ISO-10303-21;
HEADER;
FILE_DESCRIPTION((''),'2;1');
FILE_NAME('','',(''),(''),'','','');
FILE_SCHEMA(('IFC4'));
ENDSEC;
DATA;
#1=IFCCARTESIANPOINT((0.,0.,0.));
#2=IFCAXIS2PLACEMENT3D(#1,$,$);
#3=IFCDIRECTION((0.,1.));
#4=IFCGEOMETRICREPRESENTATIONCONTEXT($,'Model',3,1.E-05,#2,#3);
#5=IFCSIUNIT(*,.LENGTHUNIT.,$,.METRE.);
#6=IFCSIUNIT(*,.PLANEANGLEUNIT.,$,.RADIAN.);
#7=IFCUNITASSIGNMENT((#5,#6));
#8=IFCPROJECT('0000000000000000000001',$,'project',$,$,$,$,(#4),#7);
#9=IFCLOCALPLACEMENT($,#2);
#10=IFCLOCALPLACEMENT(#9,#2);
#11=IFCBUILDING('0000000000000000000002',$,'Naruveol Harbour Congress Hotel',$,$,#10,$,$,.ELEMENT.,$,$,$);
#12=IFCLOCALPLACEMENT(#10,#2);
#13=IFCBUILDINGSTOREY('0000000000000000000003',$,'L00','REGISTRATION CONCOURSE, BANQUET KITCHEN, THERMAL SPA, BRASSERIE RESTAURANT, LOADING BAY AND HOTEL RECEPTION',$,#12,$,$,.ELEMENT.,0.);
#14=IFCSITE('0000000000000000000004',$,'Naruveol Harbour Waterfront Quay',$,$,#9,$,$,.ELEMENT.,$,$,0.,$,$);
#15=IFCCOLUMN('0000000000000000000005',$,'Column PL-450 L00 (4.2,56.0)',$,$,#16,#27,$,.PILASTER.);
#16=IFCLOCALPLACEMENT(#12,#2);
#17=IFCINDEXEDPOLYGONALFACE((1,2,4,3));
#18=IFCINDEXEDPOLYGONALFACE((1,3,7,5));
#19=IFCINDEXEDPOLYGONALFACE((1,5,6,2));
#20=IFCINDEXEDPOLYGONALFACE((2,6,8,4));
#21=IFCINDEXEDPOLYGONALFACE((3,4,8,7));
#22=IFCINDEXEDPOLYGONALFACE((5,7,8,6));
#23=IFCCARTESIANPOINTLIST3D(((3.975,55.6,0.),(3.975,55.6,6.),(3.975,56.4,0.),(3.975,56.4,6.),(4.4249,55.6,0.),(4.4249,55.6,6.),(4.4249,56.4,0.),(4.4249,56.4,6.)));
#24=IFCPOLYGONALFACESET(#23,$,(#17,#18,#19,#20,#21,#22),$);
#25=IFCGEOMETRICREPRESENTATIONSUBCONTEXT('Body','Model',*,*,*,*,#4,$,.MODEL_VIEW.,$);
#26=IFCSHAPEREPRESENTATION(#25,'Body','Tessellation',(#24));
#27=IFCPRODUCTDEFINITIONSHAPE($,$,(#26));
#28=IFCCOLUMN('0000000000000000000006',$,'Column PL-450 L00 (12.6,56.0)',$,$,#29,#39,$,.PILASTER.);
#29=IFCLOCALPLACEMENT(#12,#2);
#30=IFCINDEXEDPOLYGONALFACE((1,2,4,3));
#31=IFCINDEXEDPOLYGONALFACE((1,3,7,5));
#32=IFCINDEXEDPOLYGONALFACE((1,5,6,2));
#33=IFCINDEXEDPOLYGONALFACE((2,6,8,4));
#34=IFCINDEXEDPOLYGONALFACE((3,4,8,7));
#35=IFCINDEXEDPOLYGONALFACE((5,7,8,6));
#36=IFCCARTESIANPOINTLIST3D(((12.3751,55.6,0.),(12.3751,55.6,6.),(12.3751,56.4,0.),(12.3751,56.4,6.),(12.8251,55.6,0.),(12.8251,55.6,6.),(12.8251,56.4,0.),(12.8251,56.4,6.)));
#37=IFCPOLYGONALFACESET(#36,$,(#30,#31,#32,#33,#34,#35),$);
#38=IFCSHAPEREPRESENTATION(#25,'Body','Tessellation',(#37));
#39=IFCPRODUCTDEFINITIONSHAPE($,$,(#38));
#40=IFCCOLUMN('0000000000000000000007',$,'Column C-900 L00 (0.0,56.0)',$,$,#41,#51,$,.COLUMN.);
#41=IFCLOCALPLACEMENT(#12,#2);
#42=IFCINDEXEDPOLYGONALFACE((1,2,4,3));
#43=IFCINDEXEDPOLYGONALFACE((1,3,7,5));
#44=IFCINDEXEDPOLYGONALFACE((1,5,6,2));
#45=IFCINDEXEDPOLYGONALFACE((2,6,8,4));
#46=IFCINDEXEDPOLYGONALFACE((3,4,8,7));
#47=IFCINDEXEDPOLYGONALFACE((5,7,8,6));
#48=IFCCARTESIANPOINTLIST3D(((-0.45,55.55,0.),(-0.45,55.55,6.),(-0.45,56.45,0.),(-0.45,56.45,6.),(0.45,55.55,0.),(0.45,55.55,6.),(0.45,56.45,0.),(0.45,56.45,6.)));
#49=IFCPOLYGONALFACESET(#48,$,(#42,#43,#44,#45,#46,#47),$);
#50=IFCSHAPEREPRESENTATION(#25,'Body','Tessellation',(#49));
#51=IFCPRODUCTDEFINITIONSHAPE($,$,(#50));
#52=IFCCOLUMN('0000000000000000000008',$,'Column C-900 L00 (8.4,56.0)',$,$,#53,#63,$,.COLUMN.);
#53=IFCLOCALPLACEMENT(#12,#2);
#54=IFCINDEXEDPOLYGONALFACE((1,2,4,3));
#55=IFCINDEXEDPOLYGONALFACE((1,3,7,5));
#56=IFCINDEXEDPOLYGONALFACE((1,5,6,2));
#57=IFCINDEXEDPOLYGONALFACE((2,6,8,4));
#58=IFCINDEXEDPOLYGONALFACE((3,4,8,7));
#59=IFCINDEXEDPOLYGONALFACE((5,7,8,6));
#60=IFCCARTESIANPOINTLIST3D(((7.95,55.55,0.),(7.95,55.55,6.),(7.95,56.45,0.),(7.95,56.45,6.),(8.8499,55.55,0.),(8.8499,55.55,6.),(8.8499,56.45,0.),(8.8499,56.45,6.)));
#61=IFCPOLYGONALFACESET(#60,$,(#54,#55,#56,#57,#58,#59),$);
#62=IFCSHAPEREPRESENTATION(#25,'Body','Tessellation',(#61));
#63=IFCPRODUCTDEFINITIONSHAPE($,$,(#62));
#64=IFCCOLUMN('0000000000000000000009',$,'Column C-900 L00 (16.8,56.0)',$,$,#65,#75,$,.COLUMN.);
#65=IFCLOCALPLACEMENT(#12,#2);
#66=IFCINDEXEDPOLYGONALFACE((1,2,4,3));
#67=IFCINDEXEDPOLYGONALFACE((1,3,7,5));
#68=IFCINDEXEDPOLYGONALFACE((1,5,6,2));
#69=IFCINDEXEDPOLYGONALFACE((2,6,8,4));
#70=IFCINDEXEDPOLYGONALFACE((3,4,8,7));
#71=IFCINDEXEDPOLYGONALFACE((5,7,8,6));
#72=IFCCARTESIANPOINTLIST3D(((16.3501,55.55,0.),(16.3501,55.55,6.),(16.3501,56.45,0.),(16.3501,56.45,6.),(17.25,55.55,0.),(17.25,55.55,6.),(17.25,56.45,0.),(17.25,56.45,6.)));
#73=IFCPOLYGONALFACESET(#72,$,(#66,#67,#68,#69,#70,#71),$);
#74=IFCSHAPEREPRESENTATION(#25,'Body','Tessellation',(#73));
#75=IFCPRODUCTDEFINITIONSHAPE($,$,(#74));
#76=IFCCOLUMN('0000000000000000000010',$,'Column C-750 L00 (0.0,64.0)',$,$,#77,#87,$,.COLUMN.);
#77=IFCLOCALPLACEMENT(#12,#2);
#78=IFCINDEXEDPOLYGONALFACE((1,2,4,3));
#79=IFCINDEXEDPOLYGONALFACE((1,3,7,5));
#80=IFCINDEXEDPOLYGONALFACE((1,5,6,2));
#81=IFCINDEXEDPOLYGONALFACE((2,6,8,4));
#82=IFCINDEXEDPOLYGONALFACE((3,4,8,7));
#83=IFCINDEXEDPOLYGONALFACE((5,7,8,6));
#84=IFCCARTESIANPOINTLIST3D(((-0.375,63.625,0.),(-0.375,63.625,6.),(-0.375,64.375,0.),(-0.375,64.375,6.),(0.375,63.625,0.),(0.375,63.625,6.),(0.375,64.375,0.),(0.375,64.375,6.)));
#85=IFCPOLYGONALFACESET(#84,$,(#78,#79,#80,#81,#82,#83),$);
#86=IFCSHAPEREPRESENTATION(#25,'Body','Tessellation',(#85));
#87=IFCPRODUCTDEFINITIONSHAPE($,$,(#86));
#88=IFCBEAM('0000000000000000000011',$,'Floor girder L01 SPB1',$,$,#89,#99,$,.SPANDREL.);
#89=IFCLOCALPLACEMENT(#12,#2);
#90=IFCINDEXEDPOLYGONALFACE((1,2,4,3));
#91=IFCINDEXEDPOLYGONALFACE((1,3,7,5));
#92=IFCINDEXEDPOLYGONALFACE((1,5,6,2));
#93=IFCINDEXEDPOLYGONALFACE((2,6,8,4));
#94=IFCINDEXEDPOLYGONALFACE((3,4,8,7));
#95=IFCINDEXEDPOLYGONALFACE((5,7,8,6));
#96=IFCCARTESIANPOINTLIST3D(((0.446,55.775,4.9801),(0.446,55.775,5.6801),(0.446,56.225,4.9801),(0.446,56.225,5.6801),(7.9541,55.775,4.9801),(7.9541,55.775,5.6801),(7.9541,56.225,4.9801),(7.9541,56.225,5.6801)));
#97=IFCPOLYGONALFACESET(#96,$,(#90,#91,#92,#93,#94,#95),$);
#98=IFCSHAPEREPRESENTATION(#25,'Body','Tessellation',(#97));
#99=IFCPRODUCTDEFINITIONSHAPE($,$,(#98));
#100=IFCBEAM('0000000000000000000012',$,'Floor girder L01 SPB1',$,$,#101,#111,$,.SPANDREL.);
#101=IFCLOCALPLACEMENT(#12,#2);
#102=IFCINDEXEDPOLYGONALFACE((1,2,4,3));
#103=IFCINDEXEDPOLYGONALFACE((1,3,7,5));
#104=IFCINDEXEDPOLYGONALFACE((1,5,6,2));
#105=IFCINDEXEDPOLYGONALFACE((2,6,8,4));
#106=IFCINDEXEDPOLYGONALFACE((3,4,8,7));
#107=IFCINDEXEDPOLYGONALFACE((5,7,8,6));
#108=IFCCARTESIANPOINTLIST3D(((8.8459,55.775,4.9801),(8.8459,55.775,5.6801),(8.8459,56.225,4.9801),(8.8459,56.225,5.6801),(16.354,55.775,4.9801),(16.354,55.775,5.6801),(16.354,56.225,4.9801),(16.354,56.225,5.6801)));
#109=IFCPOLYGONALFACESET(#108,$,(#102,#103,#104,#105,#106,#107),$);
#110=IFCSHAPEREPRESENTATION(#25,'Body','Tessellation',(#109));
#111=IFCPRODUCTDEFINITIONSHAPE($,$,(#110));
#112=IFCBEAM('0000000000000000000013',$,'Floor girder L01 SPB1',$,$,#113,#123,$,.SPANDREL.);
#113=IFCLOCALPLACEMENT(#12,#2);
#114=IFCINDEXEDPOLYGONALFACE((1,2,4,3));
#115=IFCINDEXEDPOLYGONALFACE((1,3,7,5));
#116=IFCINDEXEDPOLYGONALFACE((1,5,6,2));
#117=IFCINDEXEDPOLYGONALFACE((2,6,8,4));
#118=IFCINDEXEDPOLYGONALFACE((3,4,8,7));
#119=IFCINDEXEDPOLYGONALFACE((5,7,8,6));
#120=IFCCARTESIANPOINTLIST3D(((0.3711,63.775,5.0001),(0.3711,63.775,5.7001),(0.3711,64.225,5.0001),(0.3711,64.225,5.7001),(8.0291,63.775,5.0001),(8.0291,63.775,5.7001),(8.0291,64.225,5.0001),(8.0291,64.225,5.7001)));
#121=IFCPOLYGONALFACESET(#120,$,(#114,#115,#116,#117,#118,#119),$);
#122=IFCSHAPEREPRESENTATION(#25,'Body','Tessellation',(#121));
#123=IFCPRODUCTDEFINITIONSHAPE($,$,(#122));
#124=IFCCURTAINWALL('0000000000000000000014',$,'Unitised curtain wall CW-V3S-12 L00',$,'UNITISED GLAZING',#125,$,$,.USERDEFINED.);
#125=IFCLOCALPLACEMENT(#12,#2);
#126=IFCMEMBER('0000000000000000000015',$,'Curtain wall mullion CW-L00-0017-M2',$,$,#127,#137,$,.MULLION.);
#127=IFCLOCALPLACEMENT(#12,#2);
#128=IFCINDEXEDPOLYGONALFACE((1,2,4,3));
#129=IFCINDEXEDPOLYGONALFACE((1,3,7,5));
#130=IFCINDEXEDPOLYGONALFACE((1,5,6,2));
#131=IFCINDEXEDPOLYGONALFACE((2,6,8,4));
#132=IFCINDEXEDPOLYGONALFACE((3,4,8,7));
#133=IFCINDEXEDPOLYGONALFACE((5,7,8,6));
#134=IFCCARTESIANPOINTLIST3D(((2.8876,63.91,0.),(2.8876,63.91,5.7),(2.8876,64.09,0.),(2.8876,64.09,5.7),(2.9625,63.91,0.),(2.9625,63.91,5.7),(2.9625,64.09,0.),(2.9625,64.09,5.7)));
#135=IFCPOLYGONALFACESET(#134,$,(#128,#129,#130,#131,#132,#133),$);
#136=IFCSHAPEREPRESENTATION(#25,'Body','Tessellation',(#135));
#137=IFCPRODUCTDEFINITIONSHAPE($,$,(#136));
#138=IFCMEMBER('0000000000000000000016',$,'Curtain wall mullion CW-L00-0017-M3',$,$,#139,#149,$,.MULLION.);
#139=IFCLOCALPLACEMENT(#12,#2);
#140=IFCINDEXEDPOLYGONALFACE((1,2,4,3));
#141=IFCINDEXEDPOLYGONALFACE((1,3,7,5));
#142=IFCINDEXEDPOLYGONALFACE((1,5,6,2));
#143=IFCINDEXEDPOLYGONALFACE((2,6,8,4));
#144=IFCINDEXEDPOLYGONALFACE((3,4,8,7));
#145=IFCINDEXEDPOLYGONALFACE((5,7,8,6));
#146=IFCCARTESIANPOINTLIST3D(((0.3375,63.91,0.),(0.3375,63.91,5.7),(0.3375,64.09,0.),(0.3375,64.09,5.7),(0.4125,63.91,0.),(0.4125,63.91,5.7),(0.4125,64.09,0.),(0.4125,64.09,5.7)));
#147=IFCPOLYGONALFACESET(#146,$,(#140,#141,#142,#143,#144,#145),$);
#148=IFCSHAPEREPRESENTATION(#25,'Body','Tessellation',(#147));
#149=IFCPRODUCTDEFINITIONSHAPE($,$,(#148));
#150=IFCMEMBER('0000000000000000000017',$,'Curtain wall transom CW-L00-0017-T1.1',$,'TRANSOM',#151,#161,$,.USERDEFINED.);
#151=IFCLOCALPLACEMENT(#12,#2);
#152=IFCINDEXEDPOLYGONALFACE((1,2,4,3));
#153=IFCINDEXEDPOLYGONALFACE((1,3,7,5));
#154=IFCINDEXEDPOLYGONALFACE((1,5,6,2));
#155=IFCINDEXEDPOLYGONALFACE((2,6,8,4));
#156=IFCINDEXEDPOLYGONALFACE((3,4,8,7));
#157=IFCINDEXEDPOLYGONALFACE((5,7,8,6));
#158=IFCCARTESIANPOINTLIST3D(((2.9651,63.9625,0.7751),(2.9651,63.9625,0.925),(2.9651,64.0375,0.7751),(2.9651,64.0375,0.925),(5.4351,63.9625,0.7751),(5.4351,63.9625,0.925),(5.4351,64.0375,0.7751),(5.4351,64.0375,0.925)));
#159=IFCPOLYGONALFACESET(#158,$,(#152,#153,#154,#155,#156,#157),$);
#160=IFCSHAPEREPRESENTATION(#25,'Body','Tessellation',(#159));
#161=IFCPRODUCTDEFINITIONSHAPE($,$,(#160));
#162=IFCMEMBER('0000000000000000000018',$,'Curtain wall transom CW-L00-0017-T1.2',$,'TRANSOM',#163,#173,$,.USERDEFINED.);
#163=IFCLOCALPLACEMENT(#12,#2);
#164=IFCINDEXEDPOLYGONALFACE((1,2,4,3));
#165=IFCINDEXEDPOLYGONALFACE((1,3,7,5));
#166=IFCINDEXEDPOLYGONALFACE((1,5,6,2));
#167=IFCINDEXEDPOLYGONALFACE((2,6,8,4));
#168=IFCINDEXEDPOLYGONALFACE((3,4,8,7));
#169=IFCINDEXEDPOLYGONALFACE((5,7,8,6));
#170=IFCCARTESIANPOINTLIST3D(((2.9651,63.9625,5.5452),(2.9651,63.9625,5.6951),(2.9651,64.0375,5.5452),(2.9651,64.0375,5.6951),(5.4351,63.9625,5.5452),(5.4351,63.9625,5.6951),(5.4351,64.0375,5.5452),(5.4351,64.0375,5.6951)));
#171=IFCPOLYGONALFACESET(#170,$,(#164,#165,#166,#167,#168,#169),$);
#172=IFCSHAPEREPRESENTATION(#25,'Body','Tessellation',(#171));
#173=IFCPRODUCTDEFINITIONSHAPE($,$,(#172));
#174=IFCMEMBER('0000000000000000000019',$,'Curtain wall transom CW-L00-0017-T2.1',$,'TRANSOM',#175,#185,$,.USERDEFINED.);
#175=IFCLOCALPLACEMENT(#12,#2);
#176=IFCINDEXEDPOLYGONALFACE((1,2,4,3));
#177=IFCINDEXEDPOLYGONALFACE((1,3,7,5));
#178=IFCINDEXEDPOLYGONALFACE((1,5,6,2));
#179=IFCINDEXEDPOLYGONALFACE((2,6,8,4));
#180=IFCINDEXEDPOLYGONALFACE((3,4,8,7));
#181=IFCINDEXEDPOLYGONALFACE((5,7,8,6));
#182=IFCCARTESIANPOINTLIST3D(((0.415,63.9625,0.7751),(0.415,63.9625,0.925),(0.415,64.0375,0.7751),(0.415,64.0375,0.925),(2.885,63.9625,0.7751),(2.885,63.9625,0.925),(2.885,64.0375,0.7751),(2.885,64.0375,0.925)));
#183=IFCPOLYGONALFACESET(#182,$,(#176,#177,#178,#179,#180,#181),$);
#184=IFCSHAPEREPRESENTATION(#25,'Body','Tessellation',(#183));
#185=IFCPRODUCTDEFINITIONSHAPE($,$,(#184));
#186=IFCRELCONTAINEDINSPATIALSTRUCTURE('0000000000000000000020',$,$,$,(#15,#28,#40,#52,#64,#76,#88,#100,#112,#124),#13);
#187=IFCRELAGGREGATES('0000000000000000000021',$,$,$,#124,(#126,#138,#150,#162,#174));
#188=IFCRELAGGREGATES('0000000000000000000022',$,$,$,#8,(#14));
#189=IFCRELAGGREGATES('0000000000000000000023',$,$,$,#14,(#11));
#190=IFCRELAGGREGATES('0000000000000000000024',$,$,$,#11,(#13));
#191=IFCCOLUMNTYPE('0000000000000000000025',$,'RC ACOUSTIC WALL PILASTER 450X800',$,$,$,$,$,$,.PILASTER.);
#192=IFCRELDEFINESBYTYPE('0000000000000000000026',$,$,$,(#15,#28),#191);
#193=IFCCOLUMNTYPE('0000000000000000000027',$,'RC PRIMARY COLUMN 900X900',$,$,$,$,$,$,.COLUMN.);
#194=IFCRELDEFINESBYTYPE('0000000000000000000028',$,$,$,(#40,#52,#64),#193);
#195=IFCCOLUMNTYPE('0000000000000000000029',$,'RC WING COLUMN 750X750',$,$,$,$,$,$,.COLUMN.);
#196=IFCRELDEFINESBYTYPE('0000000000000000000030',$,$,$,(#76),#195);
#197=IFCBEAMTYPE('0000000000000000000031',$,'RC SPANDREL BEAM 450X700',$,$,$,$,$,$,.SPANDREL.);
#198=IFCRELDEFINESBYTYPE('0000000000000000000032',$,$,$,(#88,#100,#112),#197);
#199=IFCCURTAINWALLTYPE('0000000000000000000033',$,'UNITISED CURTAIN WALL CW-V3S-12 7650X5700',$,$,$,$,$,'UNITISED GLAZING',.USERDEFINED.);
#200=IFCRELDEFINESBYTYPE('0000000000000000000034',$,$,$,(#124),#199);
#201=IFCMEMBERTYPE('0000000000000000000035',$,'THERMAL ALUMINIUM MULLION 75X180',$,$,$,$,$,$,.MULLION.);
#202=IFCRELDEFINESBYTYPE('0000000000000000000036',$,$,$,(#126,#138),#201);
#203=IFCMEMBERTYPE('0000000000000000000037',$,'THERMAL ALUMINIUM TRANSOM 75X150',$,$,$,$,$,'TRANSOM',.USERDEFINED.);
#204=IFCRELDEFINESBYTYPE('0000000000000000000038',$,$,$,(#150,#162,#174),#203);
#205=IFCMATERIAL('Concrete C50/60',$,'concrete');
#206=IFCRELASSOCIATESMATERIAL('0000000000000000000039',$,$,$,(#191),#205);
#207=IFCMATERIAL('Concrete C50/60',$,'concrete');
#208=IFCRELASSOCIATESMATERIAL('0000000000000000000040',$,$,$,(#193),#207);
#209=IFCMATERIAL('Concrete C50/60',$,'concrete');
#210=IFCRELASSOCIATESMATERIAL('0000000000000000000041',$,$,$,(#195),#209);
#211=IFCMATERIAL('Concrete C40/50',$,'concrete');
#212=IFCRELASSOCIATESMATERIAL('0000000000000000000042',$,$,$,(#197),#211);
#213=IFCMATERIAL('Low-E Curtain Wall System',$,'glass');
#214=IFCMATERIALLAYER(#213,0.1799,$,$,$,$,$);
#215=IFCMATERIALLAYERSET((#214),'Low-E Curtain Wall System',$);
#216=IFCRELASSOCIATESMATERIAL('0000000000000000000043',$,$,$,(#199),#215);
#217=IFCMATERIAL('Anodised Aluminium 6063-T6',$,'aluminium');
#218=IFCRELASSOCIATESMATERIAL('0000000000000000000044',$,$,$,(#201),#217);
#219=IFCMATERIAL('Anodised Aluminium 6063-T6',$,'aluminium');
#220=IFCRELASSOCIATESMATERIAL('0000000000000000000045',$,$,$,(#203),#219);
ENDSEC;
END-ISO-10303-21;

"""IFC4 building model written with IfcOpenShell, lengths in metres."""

from ifc_helpers import new_model, si_unit, direction, frame, origin, origin_2d, place, context, subcontext, project, spatial, rectangle, extrude, material, layer, layer_set, material_profile, profile_set, type_object, element, aggregate, save


model = new_model("IFC4")

# Units and contexts
model_context = context("Model", 3, precision=1e-05, world=origin(), true_north=direction((0.0, 1.0)))
body_context = subcontext(model_context, "Body", "Model", "MODEL_VIEW")
ifc_project = project(units=[si_unit("LENGTHUNIT", "METRE"), si_unit("PLANEANGLEUNIT", "RADIAN")], contexts=[model_context])

# Site, building, storey
site_placement = place(None, origin())
site = spatial("IfcSite", under=ifc_project, at=site_placement, Name="Naruveol Harbour Waterfront Quay", CompositionType="ELEMENT", RefElevation=0.0)
building_placement = place(site_placement, origin())
building = spatial("IfcBuilding", under=site, at=building_placement, Name="Naruveol Harbour Congress Hotel", CompositionType="ELEMENT")
storey_placement = place(building_placement, origin())
storey = spatial("IfcBuildingStorey", under=building, at=storey_placement, Name="L00", Description="REGISTRATION CONCOURSE, BANQUET KITCHEN, THERMAL SPA, BRASSERIE RESTAURANT, LOADING BAY AND HOTEL RECEPTION", CompositionType="ELEMENT", Elevation=0.0)

# Columns
ifc_material_1 = material(Name="Concrete C50/60", Category="concrete")
ifc_material_profile_1 = material_profile(ifc_material_1, rectangle(XDim=0.45, YDim=0.8, at=origin_2d()), Name="RC-450x800")
ifc_profile_set_1 = profile_set([ifc_material_profile_1], Name="Concrete C50/60")
column_type_1 = type_object("IfcColumnType", Name="RC ACOUSTIC WALL PILASTER 450X800", PredefinedType="PILASTER", material=ifc_profile_set_1)
for number, where, z_axis, x_axis, name in (
    (1, (4.2, 56.0, 0.0), (0.0, 0.0, 1.0), (1.0, 0.0, 0.0), "Column PL-450 L00 (4.2,56.0)"),
    (2, (12.6001, 56.0, 0.0), (0.0, 0.0, 1.0), (1.0, 0.0, 0.0), "Column PL-450 L00 (12.6,56.0)"),
):
    element("IfcColumn", number, at=place(storey_placement, frame(where, z_axis=z_axis, x_axis=x_axis)), inside=storey, type_object=column_type_1, Name=name, PredefinedType="PILASTER", context=body_context, shape_type="SweptSolid", body=[
        extrude(rectangle(XDim=0.45, YDim=0.8, at=origin_2d()), origin(), (0.0, 0.0, 1.0), 6.0),
    ])
ifc_material_2 = material(Name="Concrete C50/60", Category="concrete")
ifc_material_profile_2 = material_profile(ifc_material_2, rectangle(XDim=0.8999, YDim=0.8999, at=origin_2d()), Name="RC-900x900")
ifc_profile_set_2 = profile_set([ifc_material_profile_2], Name="Concrete C50/60")
column_type_2 = type_object("IfcColumnType", Name="RC PRIMARY COLUMN 900X900", PredefinedType="COLUMN", material=ifc_profile_set_2)
for number, where, z_axis, x_axis, name in (
    (3, (0.0, 56.0, 0.0), (0.0, 0.0, 1.0), (1.0, 0.0, 0.0), "Column C-900 L00 (0.0,56.0)"),
    (4, (8.3999, 56.0, 0.0), (0.0, 0.0, 1.0), (1.0, 0.0, 0.0), "Column C-900 L00 (8.4,56.0)"),
    (5, (16.8, 56.0, 0.0), (0.0, 0.0, 1.0), (1.0, 0.0, 0.0), "Column C-900 L00 (16.8,56.0)"),
):
    element("IfcColumn", number, at=place(storey_placement, frame(where, z_axis=z_axis, x_axis=x_axis)), inside=storey, type_object=column_type_2, Name=name, PredefinedType="COLUMN", context=body_context, shape_type="SweptSolid", body=[
        extrude(rectangle(XDim=0.8999, YDim=0.8999, at=origin_2d()), origin(), (0.0, 0.0, 1.0), 6.0),
    ])
ifc_material_3 = material(Name="Concrete C50/60", Category="concrete")
ifc_material_profile_3 = material_profile(ifc_material_3, rectangle(XDim=0.75, YDim=0.75, at=origin_2d()), Name="RC-750x750")
ifc_profile_set_3 = profile_set([ifc_material_profile_3], Name="Concrete C50/60")
column_type_3 = type_object("IfcColumnType", Name="RC WING COLUMN 750X750", PredefinedType="COLUMN", material=ifc_profile_set_3)
column_placement = place(storey_placement, frame((0.0, 64.0, 0.0), z_axis=(0.0, 0.0, 1.0), x_axis=(1.0, 0.0, 0.0)))
element("IfcColumn", 6, at=column_placement, inside=storey, type_object=column_type_3, Name="Column C-750 L00 (0.0,64.0)", PredefinedType="COLUMN", context=body_context, shape_type="SweptSolid", body=[
    extrude(rectangle(XDim=0.75, YDim=0.75, at=origin_2d()), origin(), (0.0, 0.0, 1.0), 6.0),
])

# Beams
ifc_material_4 = material(Name="Concrete C40/50", Category="concrete")
ifc_material_profile_4 = material_profile(ifc_material_4, rectangle(XDim=0.45, YDim=0.7, at=origin_2d()), Name="RCB-450x700")
ifc_profile_set_4 = profile_set([ifc_material_profile_4], Name="Concrete C40/50")
beam_type = type_object("IfcBeamType", Name="RC SPANDREL BEAM 450X700", PredefinedType="SPANDREL", material=ifc_profile_set_4)
for number, where, z_axis, x_axis, name in (
    (7, (0.446, 56.0, 5.3301), (1.0, 0.0, 0.0), (0.0, 1.0, 0.0), "Floor girder L01 SPB1"),
    (8, (8.8459, 56.0, 5.3301), (1.0, 0.0, 0.0), (0.0, 1.0, 0.0), "Floor girder L01 SPB1"),
):
    element("IfcBeam", number, at=place(storey_placement, frame(where, z_axis=z_axis, x_axis=x_axis)), inside=storey, type_object=beam_type, Name=name, PredefinedType="SPANDREL", context=body_context, shape_type="SweptSolid", body=[
        extrude(rectangle(XDim=0.45, YDim=0.7, at=origin_2d()), origin(), (0.0, 0.0, 1.0), 7.5081),
    ])
beam_placement = place(storey_placement, frame((0.3711, 64.0, 5.3501), z_axis=(1.0, 0.0, 0.0), x_axis=(0.0, 1.0, 0.0)))
element("IfcBeam", 9, at=beam_placement, inside=storey, type_object=beam_type, Name="Floor girder L01 SPB1", PredefinedType="SPANDREL", context=body_context, shape_type="SweptSolid", body=[
    extrude(rectangle(XDim=0.45, YDim=0.7, at=origin_2d()), origin(), (0.0, 0.0, 1.0), 7.658),
])

# Curtain wall, members
ifc_material_5 = material(Name="Low-E Curtain Wall System", Category="glass")
ifc_layer_1 = layer(ifc_material_5, 0.1799)
ifc_layer_set_1 = layer_set([ifc_layer_1], Name="Low-E Curtain Wall System")
curtain_wall_type = type_object("IfcCurtainWallType", Name="UNITISED CURTAIN WALL CW-V3S-12 7650X5700", ElementType="UNITISED GLAZING", PredefinedType="USERDEFINED", material=ifc_layer_set_1)
curtain_wall_1_placement = place(storey_placement, origin())
curtain_wall_1 = element("IfcCurtainWall", 10, at=curtain_wall_1_placement, inside=storey, type_object=curtain_wall_type, Name="Unitised curtain wall CW-V3S-12 L00", ObjectType="UNITISED GLAZING", PredefinedType="USERDEFINED")
ifc_material_6 = material(Name="Anodised Aluminium 6063-T6", Category="aluminium")
ifc_material_profile_5 = material_profile(ifc_material_6, rectangle(XDim=0.075, YDim=0.1799, at=origin_2d()), Name="ALU-75x180")
ifc_profile_set_5 = profile_set([ifc_material_profile_5], Name="Anodised Aluminium 6063-T6")
member_type_1 = type_object("IfcMemberType", Name="THERMAL ALUMINIUM MULLION 75X180", PredefinedType="MULLION", material=ifc_profile_set_5)
member_1_placement = place(storey_placement, frame((2.925, 64.0, 0.0), z_axis=(0.0, 0.0, 1.0), x_axis=(1.0, 0.0, 0.0)))
member_1 = element("IfcMember", 11, at=member_1_placement, type_object=member_type_1, Name="Curtain wall mullion CW-L00-0017-M2", PredefinedType="MULLION", context=body_context, shape_type="SweptSolid", body=[
    extrude(rectangle(XDim=0.075, YDim=0.1799, at=origin_2d()), origin(), (0.0, 0.0, 1.0), 5.7),
])
member_2_placement = place(storey_placement, frame((0.375, 64.0, 0.0), z_axis=(0.0, 0.0, 1.0), x_axis=(1.0, 0.0, 0.0)))
member_2 = element("IfcMember", 12, at=member_2_placement, type_object=member_type_1, Name="Curtain wall mullion CW-L00-0017-M3", PredefinedType="MULLION", context=body_context, shape_type="SweptSolid", body=[
    extrude(rectangle(XDim=0.075, YDim=0.1799, at=origin_2d()), origin(), (0.0, 0.0, 1.0), 5.7),
])
ifc_material_7 = material(Name="Anodised Aluminium 6063-T6", Category="aluminium")
ifc_material_profile_6 = material_profile(ifc_material_7, rectangle(XDim=0.075, YDim=0.1499, at=origin_2d()), Name="ALU-75x150")
ifc_profile_set_6 = profile_set([ifc_material_profile_6], Name="Anodised Aluminium 6063-T6")
member_type_2 = type_object("IfcMemberType", Name="THERMAL ALUMINIUM TRANSOM 75X150", ElementType="TRANSOM", PredefinedType="USERDEFINED", material=ifc_profile_set_6)
member_3_placement = place(storey_placement, frame((5.4351, 64.0, 0.8501), z_axis=(-1.0, 0.0, 0.0), x_axis=(0.0, -1.0, 0.0)))
member_3 = element("IfcMember", 13, at=member_3_placement, type_object=member_type_2, Name="Curtain wall transom CW-L00-0017-T1.1", ObjectType="TRANSOM", PredefinedType="USERDEFINED", context=body_context, shape_type="SweptSolid", body=[
    extrude(rectangle(XDim=0.075, YDim=0.1499, at=origin_2d()), origin(), (0.0, 0.0, 1.0), 2.47),
])
member_4_placement = place(storey_placement, frame((5.4351, 64.0, 5.6201), z_axis=(-1.0, 0.0, 0.0), x_axis=(0.0, -1.0, 0.0)))
member_4 = element("IfcMember", 14, at=member_4_placement, type_object=member_type_2, Name="Curtain wall transom CW-L00-0017-T1.2", ObjectType="TRANSOM", PredefinedType="USERDEFINED", context=body_context, shape_type="SweptSolid", body=[
    extrude(rectangle(XDim=0.075, YDim=0.1499, at=origin_2d()), origin(), (0.0, 0.0, 1.0), 2.47),
])
member_5_placement = place(storey_placement, frame((2.885, 64.0, 0.8501), z_axis=(-1.0, 0.0, 0.0), x_axis=(0.0, -1.0, 0.0)))
member_5 = element("IfcMember", 15, at=member_5_placement, type_object=member_type_2, Name="Curtain wall transom CW-L00-0017-T2.1", ObjectType="TRANSOM", PredefinedType="USERDEFINED", context=body_context, shape_type="SweptSolid", body=[
    extrude(rectangle(XDim=0.075, YDim=0.1499, at=origin_2d()), origin(), (0.0, 0.0, 1.0), 2.47),
])

aggregate(curtain_wall_1, [member_1, member_2, member_3, member_4, member_5])

save(model, "model.ifc")
